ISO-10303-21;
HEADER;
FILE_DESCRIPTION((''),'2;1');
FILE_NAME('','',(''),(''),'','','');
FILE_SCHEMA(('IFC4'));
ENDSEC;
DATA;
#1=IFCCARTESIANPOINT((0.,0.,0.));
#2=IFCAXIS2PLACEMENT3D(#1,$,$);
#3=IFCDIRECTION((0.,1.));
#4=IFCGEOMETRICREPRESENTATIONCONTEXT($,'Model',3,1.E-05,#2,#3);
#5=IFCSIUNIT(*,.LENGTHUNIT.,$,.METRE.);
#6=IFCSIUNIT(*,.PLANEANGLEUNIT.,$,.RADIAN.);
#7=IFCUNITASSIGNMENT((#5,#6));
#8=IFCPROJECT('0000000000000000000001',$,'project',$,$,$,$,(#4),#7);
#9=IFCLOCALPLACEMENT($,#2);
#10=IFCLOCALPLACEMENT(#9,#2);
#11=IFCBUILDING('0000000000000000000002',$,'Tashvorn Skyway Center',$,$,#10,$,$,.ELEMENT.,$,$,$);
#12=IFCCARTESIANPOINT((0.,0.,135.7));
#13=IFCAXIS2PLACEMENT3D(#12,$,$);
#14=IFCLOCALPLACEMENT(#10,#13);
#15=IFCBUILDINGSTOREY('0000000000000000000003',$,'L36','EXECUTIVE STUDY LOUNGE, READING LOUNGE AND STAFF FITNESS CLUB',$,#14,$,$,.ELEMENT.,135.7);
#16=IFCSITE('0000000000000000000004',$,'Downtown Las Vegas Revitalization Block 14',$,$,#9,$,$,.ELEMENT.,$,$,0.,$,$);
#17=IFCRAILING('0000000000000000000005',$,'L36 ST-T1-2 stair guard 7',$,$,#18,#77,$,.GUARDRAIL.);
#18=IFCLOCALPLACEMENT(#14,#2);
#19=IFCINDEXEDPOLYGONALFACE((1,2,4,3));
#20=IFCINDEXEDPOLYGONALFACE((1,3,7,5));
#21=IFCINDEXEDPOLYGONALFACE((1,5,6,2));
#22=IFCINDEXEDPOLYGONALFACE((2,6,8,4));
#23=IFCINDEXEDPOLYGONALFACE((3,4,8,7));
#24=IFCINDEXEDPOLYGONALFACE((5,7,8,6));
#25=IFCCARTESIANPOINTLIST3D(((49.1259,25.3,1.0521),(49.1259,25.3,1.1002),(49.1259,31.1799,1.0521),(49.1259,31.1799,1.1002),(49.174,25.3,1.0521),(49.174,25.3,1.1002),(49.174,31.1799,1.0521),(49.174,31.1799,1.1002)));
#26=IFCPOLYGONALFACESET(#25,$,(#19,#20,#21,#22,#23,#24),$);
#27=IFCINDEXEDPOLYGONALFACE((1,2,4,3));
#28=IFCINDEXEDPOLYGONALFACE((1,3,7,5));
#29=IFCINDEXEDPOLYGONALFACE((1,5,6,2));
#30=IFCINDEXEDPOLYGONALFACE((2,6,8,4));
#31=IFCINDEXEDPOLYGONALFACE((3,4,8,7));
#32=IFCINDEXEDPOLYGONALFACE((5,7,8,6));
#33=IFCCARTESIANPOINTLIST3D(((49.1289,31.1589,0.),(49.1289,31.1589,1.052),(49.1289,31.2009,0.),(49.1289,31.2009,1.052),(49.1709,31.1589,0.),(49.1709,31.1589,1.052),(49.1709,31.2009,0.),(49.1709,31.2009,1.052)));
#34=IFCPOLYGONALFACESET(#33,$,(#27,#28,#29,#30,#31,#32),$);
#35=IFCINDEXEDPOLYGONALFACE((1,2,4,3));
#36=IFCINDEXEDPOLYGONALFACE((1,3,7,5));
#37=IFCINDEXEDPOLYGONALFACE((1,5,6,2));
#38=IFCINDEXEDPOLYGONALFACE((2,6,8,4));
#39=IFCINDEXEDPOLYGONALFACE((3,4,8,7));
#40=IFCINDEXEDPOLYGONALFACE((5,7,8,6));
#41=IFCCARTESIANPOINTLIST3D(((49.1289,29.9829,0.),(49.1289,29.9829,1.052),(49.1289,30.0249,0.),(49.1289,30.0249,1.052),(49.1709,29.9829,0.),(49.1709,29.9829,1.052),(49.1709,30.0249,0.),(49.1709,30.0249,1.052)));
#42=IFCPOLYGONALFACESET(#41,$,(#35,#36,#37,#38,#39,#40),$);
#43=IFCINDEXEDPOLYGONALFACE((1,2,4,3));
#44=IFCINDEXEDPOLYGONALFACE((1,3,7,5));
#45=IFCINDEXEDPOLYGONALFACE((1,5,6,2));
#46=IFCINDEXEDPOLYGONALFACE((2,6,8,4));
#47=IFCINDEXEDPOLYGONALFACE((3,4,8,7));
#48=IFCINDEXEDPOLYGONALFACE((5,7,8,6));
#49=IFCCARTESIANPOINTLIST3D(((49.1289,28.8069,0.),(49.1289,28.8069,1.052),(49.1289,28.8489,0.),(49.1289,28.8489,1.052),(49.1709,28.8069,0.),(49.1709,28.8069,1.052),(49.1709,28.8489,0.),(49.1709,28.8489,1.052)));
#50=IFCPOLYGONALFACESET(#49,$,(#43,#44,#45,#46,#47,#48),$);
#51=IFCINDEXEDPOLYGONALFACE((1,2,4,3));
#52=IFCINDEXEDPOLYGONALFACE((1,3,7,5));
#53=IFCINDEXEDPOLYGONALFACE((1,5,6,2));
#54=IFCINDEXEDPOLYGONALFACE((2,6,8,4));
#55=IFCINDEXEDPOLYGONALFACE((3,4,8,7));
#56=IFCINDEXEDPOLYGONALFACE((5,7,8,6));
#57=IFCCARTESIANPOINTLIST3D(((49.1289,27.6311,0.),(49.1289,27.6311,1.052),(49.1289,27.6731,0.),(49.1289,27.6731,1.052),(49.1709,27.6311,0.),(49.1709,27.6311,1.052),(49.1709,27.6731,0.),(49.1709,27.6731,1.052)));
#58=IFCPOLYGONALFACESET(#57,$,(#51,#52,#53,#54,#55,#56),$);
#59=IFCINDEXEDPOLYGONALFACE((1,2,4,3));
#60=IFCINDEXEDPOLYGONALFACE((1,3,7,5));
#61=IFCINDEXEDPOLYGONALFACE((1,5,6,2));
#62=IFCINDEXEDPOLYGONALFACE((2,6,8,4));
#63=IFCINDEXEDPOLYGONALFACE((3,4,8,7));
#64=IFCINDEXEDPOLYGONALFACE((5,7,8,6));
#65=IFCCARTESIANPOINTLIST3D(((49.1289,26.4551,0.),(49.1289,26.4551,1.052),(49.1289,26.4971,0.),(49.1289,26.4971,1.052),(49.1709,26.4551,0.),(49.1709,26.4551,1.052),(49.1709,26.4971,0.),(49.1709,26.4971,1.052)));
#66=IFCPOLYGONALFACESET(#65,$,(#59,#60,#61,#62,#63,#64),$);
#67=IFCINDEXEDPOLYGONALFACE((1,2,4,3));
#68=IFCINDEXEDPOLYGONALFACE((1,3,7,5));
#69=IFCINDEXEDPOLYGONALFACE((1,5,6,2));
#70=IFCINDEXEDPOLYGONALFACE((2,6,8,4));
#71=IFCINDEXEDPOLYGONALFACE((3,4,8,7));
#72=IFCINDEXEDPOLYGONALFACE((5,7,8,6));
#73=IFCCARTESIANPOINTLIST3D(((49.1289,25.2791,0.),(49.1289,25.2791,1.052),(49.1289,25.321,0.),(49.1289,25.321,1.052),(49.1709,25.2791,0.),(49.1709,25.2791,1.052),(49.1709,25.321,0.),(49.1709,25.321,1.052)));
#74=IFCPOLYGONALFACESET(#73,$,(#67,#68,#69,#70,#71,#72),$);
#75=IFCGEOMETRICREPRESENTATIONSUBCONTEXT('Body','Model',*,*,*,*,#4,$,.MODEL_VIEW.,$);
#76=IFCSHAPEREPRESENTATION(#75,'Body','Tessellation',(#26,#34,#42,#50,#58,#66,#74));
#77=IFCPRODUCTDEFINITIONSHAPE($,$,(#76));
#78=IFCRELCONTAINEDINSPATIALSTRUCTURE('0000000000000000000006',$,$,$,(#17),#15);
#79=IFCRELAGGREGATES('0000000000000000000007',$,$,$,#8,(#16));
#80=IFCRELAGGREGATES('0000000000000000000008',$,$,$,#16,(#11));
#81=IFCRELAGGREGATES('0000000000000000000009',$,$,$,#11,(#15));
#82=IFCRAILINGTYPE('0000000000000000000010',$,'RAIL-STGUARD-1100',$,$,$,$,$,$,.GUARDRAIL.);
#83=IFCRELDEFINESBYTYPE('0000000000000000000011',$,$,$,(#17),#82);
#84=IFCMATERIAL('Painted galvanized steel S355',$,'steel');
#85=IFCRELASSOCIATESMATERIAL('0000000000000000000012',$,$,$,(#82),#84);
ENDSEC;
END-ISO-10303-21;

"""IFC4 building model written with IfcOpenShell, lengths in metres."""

from ifc_helpers import new_model, si_unit, direction, frame, origin, origin_2d, place, context, subcontext, project, spatial, rectangle, extrude, material, type_object, element, save


model = new_model("IFC4")

# Units and contexts
model_context = context("Model", 3, precision=1e-05, world=origin(), true_north=direction((0.0, 1.0)))
body_context = subcontext(model_context, "Body", "Model", "MODEL_VIEW")
ifc_project = project(units=[si_unit("LENGTHUNIT", "METRE"), si_unit("PLANEANGLEUNIT", "RADIAN")], contexts=[model_context])

# Site, building, storey
site_placement = place(None, origin())
site = spatial("IfcSite", under=ifc_project, at=site_placement, Name="Downtown Las Vegas Revitalization Block 14", CompositionType="ELEMENT", RefElevation=0.0)
building_placement = place(site_placement, origin())
building = spatial("IfcBuilding", under=site, at=building_placement, Name="Tashvorn Skyway Center", CompositionType="ELEMENT")
storey_placement = place(building_placement, frame((0.0, 0.0, 135.7)))
storey = spatial("IfcBuildingStorey", under=building, at=storey_placement, Name="L36", Description="EXECUTIVE STUDY LOUNGE, READING LOUNGE AND STAFF FITNESS CLUB", CompositionType="ELEMENT", Elevation=135.7)

# Railing
ifc_material_1 = material(Name="Painted galvanized steel S355", Category="steel")
railing_type_1 = type_object("IfcRailingType", Name="RAIL-STGUARD-1100", PredefinedType="GUARDRAIL", material=ifc_material_1)
railing_1_placement = place(storey_placement, frame((49.1499, 31.1799, 0.0)))
element("IfcRailing", 1, at=railing_1_placement, inside=storey, type_object=railing_type_1, Name="L36 ST-T1-2 stair guard 7", PredefinedType="GUARDRAIL", context=body_context, shape_type="SweptSolid", body=[
    extrude(rectangle(XDim=0.0481, YDim=0.0481, at=origin_2d()), frame((0.0, 0.0, 1.0762), z_axis=(0.0, -1.0, 0.0), x_axis=(1.0, 0.0, 0.0)), (0.0, 0.0, 1.0), 5.8799),
    extrude(rectangle(XDim=0.042, YDim=0.042, at=origin_2d()), origin(), (0.0, 0.0, 1.0), 1.052),
    extrude(rectangle(XDim=0.042, YDim=0.042, at=origin_2d()), frame((0.0, -1.176, 0.0)), (0.0, 0.0, 1.0), 1.052),
    extrude(rectangle(XDim=0.042, YDim=0.042, at=origin_2d()), frame((0.0, -2.3521, 0.0)), (0.0, 0.0, 1.0), 1.052),
    extrude(rectangle(XDim=0.042, YDim=0.042, at=origin_2d()), frame((0.0, -3.5278, 0.0)), (0.0, 0.0, 1.0), 1.052),
    extrude(rectangle(XDim=0.042, YDim=0.042, at=origin_2d()), frame((0.0, -4.7039, 0.0)), (0.0, 0.0, 1.0), 1.052),
    extrude(rectangle(XDim=0.042, YDim=0.042, at=origin_2d()), frame((0.0, -5.8799, 0.0)), (0.0, 0.0, 1.0), 1.052),
])

save(model, "model.ifc")
